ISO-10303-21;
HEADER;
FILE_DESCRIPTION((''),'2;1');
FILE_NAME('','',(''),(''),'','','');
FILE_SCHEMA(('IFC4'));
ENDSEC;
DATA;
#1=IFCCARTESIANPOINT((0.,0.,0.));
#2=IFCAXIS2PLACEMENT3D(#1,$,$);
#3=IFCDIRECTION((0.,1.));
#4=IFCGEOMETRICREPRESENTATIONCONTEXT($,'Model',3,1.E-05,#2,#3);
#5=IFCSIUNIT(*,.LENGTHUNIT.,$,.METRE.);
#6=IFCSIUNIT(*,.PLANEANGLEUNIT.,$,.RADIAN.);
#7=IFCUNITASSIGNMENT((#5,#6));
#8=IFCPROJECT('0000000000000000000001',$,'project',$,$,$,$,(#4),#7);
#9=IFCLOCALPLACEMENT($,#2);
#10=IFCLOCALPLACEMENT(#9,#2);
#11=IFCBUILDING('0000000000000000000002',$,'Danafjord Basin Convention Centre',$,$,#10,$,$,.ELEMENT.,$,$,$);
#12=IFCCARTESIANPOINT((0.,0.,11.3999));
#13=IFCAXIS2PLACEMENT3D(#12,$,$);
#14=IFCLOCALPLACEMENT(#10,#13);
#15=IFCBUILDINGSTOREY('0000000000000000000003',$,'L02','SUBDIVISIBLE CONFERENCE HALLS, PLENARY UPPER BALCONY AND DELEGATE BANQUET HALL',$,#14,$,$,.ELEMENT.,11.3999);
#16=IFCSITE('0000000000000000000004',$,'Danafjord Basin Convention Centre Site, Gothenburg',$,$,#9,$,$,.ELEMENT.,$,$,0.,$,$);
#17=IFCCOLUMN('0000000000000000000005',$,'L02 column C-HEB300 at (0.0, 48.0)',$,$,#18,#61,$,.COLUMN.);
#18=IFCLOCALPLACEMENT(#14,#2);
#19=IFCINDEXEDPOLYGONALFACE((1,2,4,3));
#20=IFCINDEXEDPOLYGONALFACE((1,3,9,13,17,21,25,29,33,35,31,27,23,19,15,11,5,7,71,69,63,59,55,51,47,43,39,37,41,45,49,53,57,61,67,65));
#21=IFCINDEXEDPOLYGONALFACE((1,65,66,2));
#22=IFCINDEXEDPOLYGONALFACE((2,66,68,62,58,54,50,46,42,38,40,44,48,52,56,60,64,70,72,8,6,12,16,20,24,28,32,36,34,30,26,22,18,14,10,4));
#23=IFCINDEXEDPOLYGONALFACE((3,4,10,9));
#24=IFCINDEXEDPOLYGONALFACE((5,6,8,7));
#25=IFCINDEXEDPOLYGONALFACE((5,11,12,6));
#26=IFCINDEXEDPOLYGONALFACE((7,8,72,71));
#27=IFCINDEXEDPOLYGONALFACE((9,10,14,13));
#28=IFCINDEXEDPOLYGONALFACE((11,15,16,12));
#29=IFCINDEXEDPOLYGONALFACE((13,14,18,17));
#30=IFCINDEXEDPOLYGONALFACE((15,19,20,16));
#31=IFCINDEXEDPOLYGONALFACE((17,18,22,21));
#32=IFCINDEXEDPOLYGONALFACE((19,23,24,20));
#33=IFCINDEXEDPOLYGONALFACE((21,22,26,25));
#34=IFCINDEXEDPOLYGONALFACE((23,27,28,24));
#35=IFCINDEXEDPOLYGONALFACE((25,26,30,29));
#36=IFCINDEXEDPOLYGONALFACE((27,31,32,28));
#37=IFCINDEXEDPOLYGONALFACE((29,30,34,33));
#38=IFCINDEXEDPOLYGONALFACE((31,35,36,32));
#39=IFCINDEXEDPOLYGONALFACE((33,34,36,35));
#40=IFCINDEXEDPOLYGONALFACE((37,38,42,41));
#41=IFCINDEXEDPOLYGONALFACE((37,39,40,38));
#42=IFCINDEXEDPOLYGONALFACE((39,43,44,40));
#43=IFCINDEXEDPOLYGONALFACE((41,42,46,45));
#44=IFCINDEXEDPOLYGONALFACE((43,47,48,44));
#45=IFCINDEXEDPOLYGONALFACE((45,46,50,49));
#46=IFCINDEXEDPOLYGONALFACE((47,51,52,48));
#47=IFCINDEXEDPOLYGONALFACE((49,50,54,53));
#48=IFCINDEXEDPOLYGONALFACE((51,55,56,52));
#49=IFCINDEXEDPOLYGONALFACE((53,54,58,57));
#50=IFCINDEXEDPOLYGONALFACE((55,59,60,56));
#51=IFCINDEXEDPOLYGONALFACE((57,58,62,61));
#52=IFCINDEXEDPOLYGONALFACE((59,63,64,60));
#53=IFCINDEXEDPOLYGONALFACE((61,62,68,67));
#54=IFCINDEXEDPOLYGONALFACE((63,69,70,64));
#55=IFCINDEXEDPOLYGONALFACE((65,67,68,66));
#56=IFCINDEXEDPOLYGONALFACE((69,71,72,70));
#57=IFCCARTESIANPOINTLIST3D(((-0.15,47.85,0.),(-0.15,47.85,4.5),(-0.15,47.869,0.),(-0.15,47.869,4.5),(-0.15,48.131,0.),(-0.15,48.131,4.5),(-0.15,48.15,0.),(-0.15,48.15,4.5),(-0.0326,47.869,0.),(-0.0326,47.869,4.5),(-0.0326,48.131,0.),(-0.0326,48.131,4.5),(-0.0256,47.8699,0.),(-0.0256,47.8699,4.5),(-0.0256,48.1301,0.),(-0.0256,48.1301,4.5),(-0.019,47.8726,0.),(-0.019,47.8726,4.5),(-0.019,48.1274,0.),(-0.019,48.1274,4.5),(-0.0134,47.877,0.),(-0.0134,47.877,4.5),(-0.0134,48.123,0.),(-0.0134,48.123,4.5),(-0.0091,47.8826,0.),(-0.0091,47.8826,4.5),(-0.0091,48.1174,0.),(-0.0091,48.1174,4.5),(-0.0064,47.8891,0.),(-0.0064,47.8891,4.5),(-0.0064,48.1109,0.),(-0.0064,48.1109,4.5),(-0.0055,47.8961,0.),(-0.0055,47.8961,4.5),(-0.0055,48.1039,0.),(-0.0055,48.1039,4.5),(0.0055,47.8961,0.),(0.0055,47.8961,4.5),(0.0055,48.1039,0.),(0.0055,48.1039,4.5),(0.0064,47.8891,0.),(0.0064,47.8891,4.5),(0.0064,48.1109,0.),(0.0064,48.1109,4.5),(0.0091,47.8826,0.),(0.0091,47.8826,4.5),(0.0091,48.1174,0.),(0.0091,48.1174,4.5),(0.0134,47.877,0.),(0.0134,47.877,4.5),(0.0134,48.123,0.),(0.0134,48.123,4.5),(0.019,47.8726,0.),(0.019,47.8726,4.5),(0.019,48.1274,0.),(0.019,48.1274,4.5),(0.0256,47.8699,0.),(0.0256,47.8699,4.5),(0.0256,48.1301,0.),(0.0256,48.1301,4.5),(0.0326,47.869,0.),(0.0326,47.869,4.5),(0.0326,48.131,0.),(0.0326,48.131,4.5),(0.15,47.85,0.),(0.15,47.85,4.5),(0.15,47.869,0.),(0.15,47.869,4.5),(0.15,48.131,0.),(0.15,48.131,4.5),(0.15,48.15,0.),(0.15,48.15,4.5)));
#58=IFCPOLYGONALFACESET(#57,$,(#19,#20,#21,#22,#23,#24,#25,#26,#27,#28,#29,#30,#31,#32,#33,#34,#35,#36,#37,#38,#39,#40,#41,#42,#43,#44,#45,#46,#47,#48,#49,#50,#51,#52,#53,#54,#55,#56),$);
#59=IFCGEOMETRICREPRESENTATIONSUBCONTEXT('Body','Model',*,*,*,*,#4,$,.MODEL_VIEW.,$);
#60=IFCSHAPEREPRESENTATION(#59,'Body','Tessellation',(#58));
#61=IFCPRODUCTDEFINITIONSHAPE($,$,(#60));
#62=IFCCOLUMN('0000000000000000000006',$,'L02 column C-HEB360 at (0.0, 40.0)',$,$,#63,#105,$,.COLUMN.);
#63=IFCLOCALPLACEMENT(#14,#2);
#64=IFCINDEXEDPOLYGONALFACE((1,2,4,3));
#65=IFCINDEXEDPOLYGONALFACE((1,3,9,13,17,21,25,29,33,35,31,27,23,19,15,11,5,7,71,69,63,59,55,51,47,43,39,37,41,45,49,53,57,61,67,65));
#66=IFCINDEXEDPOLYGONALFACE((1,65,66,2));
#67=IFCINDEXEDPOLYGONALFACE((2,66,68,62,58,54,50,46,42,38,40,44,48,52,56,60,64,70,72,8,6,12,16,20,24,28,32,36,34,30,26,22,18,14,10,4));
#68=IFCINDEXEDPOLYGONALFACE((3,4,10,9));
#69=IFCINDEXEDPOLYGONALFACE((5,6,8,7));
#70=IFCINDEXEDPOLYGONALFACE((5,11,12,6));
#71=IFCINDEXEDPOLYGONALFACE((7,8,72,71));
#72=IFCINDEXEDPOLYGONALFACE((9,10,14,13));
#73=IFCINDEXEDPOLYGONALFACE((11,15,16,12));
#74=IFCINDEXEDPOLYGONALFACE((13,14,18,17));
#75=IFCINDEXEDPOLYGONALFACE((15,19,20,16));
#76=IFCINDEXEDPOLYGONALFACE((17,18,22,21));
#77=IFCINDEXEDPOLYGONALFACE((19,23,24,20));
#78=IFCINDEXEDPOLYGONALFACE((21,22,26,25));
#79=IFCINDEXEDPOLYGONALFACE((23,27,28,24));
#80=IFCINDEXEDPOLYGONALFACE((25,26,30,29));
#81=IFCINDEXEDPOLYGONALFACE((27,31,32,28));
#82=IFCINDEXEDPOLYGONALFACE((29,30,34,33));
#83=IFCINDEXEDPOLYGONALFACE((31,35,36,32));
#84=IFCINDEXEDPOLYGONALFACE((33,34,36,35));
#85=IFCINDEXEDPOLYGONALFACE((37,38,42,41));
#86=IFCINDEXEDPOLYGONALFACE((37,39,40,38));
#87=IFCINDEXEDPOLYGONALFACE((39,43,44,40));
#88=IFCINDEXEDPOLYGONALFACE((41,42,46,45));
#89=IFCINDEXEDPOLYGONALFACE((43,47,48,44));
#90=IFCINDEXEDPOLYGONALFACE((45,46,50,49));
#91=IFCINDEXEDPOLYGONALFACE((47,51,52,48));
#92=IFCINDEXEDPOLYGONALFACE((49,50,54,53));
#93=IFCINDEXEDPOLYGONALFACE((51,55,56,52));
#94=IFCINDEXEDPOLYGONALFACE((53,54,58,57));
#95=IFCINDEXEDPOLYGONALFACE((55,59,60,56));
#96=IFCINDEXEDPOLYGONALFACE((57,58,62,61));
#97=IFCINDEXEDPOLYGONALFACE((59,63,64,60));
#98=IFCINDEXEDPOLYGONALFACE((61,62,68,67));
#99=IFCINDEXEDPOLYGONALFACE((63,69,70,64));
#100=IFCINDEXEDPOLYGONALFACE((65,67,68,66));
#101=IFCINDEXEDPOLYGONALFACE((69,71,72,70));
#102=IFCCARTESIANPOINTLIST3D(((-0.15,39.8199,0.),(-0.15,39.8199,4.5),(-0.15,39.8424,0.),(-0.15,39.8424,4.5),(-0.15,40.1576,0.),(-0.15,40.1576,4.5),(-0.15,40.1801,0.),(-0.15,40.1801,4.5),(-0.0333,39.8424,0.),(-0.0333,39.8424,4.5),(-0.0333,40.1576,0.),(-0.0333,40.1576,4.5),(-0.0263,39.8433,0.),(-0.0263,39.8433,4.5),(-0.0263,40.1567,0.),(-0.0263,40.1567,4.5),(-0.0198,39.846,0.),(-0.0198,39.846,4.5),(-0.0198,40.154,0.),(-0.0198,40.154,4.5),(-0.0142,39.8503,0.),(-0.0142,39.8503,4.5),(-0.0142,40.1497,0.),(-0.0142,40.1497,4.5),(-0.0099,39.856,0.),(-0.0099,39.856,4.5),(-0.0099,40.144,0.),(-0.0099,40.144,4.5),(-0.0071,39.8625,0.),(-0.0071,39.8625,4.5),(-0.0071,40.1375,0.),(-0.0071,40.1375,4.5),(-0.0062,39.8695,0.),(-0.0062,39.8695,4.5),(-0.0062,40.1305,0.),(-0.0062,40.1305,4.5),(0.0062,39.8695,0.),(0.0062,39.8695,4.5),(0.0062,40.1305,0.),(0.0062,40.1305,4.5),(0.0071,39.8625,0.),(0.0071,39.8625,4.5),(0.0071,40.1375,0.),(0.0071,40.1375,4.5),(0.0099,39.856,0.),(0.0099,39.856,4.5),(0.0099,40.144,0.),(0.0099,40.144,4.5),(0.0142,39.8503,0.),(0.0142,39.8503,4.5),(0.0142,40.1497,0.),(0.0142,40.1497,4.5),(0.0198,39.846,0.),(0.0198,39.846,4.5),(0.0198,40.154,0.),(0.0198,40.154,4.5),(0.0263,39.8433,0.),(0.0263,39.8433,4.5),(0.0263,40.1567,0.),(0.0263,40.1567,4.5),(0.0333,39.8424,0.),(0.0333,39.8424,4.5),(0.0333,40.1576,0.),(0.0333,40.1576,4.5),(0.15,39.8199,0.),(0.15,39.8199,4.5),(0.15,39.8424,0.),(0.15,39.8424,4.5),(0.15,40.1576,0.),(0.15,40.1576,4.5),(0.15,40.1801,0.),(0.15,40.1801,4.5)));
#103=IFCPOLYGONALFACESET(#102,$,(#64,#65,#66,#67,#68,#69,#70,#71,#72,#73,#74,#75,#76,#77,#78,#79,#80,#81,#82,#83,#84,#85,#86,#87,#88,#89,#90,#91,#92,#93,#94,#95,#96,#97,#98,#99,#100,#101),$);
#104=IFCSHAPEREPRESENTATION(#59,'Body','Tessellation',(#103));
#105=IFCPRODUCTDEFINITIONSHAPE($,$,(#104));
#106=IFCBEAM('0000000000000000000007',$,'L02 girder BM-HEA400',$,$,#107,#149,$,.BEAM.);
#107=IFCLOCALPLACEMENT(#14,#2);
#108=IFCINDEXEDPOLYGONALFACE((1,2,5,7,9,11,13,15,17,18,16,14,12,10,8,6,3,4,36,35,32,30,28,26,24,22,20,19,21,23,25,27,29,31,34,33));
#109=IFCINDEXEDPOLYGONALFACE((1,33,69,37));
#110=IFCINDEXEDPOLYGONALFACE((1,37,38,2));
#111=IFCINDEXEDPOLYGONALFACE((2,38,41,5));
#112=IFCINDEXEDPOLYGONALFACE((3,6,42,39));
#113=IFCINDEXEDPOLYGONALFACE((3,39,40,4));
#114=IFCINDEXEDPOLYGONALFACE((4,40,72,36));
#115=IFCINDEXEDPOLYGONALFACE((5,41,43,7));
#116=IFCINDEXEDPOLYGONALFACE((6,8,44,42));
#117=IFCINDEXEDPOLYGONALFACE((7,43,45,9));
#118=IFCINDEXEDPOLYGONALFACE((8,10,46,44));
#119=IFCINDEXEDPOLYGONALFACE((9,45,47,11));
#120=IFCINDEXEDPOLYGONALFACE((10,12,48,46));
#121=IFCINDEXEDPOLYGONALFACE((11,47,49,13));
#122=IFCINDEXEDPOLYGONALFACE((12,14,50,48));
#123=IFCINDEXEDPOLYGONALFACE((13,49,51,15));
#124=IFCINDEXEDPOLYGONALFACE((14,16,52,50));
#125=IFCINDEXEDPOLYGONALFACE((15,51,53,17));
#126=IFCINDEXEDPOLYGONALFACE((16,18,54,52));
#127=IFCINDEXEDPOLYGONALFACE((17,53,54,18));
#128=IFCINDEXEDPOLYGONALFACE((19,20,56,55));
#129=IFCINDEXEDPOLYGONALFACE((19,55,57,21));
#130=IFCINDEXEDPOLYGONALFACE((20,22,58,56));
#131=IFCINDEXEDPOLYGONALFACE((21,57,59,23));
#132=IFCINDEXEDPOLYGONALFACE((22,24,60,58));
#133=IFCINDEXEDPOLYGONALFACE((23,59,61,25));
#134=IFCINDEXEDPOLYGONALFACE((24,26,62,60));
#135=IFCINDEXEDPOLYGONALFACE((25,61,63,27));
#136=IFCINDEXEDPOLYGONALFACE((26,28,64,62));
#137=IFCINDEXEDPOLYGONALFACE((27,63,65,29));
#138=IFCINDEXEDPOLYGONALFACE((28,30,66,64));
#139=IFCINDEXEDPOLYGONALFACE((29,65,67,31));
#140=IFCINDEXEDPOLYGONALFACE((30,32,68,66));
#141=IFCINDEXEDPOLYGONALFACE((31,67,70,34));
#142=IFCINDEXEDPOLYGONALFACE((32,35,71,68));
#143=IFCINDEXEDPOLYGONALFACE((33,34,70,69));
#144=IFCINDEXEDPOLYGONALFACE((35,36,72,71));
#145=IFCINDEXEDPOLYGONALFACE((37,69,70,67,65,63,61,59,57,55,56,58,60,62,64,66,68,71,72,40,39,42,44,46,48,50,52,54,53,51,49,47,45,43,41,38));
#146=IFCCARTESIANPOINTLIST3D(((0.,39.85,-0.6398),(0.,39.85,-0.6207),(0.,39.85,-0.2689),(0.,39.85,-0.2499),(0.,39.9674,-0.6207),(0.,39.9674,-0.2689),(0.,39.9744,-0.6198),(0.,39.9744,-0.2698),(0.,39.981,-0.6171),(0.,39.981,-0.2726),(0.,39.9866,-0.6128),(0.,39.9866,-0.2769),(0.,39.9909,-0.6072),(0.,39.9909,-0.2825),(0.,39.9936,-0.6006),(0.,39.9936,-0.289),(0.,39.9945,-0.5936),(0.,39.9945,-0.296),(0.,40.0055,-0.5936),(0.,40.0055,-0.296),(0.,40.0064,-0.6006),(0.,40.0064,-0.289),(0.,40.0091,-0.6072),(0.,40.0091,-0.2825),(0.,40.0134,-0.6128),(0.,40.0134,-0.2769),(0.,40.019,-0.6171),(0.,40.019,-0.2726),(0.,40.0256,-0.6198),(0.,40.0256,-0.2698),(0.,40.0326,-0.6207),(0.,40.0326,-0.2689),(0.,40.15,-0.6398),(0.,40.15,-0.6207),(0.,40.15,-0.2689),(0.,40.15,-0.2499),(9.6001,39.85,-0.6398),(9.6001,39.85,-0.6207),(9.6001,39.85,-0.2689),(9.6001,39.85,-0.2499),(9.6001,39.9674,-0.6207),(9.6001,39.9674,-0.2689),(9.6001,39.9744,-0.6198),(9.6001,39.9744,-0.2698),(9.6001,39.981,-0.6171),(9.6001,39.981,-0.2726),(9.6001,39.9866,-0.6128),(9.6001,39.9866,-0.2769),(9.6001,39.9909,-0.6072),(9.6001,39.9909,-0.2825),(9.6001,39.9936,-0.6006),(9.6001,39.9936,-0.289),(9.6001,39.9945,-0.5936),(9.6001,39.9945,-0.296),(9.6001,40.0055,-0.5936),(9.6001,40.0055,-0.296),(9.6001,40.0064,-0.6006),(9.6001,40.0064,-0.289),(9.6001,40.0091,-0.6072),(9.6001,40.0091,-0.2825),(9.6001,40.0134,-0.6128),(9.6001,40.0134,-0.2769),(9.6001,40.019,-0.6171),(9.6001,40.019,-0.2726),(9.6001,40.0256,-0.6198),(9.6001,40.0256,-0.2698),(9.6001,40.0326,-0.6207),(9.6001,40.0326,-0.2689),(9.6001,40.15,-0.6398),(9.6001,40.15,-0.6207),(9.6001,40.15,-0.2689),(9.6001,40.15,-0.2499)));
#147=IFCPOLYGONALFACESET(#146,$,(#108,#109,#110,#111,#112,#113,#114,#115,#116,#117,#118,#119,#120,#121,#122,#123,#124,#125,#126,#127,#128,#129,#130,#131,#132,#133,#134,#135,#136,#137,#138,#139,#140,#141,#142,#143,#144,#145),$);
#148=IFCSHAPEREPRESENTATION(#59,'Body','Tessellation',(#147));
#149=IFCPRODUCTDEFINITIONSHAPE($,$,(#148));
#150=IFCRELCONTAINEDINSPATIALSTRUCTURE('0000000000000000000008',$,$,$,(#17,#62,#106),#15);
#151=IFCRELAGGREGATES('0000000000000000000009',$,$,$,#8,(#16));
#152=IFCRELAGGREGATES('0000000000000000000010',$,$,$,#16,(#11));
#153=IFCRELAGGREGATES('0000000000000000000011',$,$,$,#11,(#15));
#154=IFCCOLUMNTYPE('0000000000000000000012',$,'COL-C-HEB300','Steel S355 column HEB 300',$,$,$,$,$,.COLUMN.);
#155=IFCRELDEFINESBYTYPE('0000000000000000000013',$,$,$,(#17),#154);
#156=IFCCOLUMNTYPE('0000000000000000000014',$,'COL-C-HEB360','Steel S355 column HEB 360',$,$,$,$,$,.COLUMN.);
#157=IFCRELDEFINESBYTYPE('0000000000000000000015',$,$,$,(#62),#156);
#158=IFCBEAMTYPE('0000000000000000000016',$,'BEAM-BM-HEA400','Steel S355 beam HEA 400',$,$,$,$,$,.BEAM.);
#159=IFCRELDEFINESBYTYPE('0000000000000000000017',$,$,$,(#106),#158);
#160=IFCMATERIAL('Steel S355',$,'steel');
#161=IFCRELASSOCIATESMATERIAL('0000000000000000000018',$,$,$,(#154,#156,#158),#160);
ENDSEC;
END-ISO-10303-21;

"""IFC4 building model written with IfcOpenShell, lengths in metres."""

from ifc_helpers import new_model, si_unit, direction, frame, origin, origin_2d, place, context, subcontext, project, spatial, i_section, extrude, material, material_profile, profile_set, type_object, element, save


model = new_model("IFC4")

# Units and contexts
model_context = context("Model", 3, precision=1e-05, world=origin(), true_north=direction((0.0, 1.0)))
body_context = subcontext(model_context, "Body", "Model", "MODEL_VIEW")
ifc_project = project(units=[si_unit("LENGTHUNIT", "METRE"), si_unit("PLANEANGLEUNIT", "RADIAN")], contexts=[model_context])

# Site, building, storey
site_placement = place(None, origin())
site = spatial("IfcSite", under=ifc_project, at=site_placement, Name="Danafjord Basin Convention Centre Site, Gothenburg", CompositionType="ELEMENT", RefElevation=0.0)
building_placement = place(site_placement, origin())
building = spatial("IfcBuilding", under=site, at=building_placement, Name="Danafjord Basin Convention Centre", CompositionType="ELEMENT")
storey_placement = place(building_placement, frame((0.0, 0.0, 11.3999)))
storey = spatial("IfcBuildingStorey", under=building, at=storey_placement, Name="L02", Description="SUBDIVISIBLE CONFERENCE HALLS, PLENARY UPPER BALCONY AND DELEGATE BANQUET HALL", CompositionType="ELEMENT", Elevation=11.3999)

# Columns
ifc_material_1 = material(Name="Steel S355", Category="steel")
ifc_material_profile_1 = material_profile(ifc_material_1, i_section(OverallWidth=0.3, OverallDepth=0.3, WebThickness=0.011, FlangeThickness=0.019, FilletRadius=0.0271, at=origin_2d()), Name="HEB 300")
ifc_profile_set_1 = profile_set([ifc_material_profile_1], Name="Steel S355")
column_type_1 = type_object("IfcColumnType", Name="COL-C-HEB300", Description="Steel S355 column HEB 300", PredefinedType="COLUMN", material=ifc_profile_set_1)
column_1_placement = place(storey_placement, frame((0.0, 48.0, 0.0), z_axis=(0.0, 0.0, 1.0), x_axis=(1.0, 0.0, 0.0)))
element("IfcColumn", 1, at=column_1_placement, inside=storey, type_object=column_type_1, Name="L02 column C-HEB300 at (0.0, 48.0)", PredefinedType="COLUMN", context=body_context, shape_type="SweptSolid", body=[
    extrude(i_section(OverallWidth=0.3, OverallDepth=0.3, WebThickness=0.011, FlangeThickness=0.019, FilletRadius=0.0271, at=origin_2d()), origin(), (0.0, 0.0, 1.0), 4.5),
])
ifc_material_profile_2 = material_profile(ifc_material_1, i_section(OverallWidth=0.3, OverallDepth=0.3601, WebThickness=0.0125, FlangeThickness=0.0225, FilletRadius=0.0271, at=origin_2d()), Name="HEB 360")
ifc_profile_set_2 = profile_set([ifc_material_profile_2], Name="Steel S355")
column_type_2 = type_object("IfcColumnType", Name="COL-C-HEB360", Description="Steel S355 column HEB 360", PredefinedType="COLUMN", material=ifc_profile_set_2)
column_2_placement = place(storey_placement, frame((0.0, 40.0, 0.0), z_axis=(0.0, 0.0, 1.0), x_axis=(1.0, 0.0, 0.0)))
element("IfcColumn", 2, at=column_2_placement, inside=storey, type_object=column_type_2, Name="L02 column C-HEB360 at (0.0, 40.0)", PredefinedType="COLUMN", context=body_context, shape_type="SweptSolid", body=[
    extrude(i_section(OverallWidth=0.3, OverallDepth=0.3601, WebThickness=0.0125, FlangeThickness=0.0225, FilletRadius=0.0271, at=origin_2d()), origin(), (0.0, 0.0, 1.0), 4.5),
])

# Beam
ifc_material_profile_3 = material_profile(ifc_material_1, i_section(OverallWidth=0.3, OverallDepth=0.3899, WebThickness=0.011, FlangeThickness=0.019, FilletRadius=0.0271, at=origin_2d()), Name="HEA 400")
ifc_profile_set_3 = profile_set([ifc_material_profile_3], Name="Steel S355")
beam_type_1 = type_object("IfcBeamType", Name="BEAM-BM-HEA400", Description="Steel S355 beam HEA 400", PredefinedType="BEAM", material=ifc_profile_set_3)
beam_1_placement = place(storey_placement, frame((0.0, 40.0, -0.4448), z_axis=(1.0, 0.0, 0.0), x_axis=(0.0, 1.0, 0.0)))
element("IfcBeam", 3, at=beam_1_placement, inside=storey, type_object=beam_type_1, Name="L02 girder BM-HEA400", PredefinedType="BEAM", context=body_context, shape_type="SweptSolid", body=[
    extrude(i_section(OverallWidth=0.3, OverallDepth=0.3899, WebThickness=0.011, FlangeThickness=0.019, FilletRadius=0.0271, at=origin_2d()), origin(), (0.0, 0.0, 1.0), 9.6001),
])

save(model, "model.ifc")
